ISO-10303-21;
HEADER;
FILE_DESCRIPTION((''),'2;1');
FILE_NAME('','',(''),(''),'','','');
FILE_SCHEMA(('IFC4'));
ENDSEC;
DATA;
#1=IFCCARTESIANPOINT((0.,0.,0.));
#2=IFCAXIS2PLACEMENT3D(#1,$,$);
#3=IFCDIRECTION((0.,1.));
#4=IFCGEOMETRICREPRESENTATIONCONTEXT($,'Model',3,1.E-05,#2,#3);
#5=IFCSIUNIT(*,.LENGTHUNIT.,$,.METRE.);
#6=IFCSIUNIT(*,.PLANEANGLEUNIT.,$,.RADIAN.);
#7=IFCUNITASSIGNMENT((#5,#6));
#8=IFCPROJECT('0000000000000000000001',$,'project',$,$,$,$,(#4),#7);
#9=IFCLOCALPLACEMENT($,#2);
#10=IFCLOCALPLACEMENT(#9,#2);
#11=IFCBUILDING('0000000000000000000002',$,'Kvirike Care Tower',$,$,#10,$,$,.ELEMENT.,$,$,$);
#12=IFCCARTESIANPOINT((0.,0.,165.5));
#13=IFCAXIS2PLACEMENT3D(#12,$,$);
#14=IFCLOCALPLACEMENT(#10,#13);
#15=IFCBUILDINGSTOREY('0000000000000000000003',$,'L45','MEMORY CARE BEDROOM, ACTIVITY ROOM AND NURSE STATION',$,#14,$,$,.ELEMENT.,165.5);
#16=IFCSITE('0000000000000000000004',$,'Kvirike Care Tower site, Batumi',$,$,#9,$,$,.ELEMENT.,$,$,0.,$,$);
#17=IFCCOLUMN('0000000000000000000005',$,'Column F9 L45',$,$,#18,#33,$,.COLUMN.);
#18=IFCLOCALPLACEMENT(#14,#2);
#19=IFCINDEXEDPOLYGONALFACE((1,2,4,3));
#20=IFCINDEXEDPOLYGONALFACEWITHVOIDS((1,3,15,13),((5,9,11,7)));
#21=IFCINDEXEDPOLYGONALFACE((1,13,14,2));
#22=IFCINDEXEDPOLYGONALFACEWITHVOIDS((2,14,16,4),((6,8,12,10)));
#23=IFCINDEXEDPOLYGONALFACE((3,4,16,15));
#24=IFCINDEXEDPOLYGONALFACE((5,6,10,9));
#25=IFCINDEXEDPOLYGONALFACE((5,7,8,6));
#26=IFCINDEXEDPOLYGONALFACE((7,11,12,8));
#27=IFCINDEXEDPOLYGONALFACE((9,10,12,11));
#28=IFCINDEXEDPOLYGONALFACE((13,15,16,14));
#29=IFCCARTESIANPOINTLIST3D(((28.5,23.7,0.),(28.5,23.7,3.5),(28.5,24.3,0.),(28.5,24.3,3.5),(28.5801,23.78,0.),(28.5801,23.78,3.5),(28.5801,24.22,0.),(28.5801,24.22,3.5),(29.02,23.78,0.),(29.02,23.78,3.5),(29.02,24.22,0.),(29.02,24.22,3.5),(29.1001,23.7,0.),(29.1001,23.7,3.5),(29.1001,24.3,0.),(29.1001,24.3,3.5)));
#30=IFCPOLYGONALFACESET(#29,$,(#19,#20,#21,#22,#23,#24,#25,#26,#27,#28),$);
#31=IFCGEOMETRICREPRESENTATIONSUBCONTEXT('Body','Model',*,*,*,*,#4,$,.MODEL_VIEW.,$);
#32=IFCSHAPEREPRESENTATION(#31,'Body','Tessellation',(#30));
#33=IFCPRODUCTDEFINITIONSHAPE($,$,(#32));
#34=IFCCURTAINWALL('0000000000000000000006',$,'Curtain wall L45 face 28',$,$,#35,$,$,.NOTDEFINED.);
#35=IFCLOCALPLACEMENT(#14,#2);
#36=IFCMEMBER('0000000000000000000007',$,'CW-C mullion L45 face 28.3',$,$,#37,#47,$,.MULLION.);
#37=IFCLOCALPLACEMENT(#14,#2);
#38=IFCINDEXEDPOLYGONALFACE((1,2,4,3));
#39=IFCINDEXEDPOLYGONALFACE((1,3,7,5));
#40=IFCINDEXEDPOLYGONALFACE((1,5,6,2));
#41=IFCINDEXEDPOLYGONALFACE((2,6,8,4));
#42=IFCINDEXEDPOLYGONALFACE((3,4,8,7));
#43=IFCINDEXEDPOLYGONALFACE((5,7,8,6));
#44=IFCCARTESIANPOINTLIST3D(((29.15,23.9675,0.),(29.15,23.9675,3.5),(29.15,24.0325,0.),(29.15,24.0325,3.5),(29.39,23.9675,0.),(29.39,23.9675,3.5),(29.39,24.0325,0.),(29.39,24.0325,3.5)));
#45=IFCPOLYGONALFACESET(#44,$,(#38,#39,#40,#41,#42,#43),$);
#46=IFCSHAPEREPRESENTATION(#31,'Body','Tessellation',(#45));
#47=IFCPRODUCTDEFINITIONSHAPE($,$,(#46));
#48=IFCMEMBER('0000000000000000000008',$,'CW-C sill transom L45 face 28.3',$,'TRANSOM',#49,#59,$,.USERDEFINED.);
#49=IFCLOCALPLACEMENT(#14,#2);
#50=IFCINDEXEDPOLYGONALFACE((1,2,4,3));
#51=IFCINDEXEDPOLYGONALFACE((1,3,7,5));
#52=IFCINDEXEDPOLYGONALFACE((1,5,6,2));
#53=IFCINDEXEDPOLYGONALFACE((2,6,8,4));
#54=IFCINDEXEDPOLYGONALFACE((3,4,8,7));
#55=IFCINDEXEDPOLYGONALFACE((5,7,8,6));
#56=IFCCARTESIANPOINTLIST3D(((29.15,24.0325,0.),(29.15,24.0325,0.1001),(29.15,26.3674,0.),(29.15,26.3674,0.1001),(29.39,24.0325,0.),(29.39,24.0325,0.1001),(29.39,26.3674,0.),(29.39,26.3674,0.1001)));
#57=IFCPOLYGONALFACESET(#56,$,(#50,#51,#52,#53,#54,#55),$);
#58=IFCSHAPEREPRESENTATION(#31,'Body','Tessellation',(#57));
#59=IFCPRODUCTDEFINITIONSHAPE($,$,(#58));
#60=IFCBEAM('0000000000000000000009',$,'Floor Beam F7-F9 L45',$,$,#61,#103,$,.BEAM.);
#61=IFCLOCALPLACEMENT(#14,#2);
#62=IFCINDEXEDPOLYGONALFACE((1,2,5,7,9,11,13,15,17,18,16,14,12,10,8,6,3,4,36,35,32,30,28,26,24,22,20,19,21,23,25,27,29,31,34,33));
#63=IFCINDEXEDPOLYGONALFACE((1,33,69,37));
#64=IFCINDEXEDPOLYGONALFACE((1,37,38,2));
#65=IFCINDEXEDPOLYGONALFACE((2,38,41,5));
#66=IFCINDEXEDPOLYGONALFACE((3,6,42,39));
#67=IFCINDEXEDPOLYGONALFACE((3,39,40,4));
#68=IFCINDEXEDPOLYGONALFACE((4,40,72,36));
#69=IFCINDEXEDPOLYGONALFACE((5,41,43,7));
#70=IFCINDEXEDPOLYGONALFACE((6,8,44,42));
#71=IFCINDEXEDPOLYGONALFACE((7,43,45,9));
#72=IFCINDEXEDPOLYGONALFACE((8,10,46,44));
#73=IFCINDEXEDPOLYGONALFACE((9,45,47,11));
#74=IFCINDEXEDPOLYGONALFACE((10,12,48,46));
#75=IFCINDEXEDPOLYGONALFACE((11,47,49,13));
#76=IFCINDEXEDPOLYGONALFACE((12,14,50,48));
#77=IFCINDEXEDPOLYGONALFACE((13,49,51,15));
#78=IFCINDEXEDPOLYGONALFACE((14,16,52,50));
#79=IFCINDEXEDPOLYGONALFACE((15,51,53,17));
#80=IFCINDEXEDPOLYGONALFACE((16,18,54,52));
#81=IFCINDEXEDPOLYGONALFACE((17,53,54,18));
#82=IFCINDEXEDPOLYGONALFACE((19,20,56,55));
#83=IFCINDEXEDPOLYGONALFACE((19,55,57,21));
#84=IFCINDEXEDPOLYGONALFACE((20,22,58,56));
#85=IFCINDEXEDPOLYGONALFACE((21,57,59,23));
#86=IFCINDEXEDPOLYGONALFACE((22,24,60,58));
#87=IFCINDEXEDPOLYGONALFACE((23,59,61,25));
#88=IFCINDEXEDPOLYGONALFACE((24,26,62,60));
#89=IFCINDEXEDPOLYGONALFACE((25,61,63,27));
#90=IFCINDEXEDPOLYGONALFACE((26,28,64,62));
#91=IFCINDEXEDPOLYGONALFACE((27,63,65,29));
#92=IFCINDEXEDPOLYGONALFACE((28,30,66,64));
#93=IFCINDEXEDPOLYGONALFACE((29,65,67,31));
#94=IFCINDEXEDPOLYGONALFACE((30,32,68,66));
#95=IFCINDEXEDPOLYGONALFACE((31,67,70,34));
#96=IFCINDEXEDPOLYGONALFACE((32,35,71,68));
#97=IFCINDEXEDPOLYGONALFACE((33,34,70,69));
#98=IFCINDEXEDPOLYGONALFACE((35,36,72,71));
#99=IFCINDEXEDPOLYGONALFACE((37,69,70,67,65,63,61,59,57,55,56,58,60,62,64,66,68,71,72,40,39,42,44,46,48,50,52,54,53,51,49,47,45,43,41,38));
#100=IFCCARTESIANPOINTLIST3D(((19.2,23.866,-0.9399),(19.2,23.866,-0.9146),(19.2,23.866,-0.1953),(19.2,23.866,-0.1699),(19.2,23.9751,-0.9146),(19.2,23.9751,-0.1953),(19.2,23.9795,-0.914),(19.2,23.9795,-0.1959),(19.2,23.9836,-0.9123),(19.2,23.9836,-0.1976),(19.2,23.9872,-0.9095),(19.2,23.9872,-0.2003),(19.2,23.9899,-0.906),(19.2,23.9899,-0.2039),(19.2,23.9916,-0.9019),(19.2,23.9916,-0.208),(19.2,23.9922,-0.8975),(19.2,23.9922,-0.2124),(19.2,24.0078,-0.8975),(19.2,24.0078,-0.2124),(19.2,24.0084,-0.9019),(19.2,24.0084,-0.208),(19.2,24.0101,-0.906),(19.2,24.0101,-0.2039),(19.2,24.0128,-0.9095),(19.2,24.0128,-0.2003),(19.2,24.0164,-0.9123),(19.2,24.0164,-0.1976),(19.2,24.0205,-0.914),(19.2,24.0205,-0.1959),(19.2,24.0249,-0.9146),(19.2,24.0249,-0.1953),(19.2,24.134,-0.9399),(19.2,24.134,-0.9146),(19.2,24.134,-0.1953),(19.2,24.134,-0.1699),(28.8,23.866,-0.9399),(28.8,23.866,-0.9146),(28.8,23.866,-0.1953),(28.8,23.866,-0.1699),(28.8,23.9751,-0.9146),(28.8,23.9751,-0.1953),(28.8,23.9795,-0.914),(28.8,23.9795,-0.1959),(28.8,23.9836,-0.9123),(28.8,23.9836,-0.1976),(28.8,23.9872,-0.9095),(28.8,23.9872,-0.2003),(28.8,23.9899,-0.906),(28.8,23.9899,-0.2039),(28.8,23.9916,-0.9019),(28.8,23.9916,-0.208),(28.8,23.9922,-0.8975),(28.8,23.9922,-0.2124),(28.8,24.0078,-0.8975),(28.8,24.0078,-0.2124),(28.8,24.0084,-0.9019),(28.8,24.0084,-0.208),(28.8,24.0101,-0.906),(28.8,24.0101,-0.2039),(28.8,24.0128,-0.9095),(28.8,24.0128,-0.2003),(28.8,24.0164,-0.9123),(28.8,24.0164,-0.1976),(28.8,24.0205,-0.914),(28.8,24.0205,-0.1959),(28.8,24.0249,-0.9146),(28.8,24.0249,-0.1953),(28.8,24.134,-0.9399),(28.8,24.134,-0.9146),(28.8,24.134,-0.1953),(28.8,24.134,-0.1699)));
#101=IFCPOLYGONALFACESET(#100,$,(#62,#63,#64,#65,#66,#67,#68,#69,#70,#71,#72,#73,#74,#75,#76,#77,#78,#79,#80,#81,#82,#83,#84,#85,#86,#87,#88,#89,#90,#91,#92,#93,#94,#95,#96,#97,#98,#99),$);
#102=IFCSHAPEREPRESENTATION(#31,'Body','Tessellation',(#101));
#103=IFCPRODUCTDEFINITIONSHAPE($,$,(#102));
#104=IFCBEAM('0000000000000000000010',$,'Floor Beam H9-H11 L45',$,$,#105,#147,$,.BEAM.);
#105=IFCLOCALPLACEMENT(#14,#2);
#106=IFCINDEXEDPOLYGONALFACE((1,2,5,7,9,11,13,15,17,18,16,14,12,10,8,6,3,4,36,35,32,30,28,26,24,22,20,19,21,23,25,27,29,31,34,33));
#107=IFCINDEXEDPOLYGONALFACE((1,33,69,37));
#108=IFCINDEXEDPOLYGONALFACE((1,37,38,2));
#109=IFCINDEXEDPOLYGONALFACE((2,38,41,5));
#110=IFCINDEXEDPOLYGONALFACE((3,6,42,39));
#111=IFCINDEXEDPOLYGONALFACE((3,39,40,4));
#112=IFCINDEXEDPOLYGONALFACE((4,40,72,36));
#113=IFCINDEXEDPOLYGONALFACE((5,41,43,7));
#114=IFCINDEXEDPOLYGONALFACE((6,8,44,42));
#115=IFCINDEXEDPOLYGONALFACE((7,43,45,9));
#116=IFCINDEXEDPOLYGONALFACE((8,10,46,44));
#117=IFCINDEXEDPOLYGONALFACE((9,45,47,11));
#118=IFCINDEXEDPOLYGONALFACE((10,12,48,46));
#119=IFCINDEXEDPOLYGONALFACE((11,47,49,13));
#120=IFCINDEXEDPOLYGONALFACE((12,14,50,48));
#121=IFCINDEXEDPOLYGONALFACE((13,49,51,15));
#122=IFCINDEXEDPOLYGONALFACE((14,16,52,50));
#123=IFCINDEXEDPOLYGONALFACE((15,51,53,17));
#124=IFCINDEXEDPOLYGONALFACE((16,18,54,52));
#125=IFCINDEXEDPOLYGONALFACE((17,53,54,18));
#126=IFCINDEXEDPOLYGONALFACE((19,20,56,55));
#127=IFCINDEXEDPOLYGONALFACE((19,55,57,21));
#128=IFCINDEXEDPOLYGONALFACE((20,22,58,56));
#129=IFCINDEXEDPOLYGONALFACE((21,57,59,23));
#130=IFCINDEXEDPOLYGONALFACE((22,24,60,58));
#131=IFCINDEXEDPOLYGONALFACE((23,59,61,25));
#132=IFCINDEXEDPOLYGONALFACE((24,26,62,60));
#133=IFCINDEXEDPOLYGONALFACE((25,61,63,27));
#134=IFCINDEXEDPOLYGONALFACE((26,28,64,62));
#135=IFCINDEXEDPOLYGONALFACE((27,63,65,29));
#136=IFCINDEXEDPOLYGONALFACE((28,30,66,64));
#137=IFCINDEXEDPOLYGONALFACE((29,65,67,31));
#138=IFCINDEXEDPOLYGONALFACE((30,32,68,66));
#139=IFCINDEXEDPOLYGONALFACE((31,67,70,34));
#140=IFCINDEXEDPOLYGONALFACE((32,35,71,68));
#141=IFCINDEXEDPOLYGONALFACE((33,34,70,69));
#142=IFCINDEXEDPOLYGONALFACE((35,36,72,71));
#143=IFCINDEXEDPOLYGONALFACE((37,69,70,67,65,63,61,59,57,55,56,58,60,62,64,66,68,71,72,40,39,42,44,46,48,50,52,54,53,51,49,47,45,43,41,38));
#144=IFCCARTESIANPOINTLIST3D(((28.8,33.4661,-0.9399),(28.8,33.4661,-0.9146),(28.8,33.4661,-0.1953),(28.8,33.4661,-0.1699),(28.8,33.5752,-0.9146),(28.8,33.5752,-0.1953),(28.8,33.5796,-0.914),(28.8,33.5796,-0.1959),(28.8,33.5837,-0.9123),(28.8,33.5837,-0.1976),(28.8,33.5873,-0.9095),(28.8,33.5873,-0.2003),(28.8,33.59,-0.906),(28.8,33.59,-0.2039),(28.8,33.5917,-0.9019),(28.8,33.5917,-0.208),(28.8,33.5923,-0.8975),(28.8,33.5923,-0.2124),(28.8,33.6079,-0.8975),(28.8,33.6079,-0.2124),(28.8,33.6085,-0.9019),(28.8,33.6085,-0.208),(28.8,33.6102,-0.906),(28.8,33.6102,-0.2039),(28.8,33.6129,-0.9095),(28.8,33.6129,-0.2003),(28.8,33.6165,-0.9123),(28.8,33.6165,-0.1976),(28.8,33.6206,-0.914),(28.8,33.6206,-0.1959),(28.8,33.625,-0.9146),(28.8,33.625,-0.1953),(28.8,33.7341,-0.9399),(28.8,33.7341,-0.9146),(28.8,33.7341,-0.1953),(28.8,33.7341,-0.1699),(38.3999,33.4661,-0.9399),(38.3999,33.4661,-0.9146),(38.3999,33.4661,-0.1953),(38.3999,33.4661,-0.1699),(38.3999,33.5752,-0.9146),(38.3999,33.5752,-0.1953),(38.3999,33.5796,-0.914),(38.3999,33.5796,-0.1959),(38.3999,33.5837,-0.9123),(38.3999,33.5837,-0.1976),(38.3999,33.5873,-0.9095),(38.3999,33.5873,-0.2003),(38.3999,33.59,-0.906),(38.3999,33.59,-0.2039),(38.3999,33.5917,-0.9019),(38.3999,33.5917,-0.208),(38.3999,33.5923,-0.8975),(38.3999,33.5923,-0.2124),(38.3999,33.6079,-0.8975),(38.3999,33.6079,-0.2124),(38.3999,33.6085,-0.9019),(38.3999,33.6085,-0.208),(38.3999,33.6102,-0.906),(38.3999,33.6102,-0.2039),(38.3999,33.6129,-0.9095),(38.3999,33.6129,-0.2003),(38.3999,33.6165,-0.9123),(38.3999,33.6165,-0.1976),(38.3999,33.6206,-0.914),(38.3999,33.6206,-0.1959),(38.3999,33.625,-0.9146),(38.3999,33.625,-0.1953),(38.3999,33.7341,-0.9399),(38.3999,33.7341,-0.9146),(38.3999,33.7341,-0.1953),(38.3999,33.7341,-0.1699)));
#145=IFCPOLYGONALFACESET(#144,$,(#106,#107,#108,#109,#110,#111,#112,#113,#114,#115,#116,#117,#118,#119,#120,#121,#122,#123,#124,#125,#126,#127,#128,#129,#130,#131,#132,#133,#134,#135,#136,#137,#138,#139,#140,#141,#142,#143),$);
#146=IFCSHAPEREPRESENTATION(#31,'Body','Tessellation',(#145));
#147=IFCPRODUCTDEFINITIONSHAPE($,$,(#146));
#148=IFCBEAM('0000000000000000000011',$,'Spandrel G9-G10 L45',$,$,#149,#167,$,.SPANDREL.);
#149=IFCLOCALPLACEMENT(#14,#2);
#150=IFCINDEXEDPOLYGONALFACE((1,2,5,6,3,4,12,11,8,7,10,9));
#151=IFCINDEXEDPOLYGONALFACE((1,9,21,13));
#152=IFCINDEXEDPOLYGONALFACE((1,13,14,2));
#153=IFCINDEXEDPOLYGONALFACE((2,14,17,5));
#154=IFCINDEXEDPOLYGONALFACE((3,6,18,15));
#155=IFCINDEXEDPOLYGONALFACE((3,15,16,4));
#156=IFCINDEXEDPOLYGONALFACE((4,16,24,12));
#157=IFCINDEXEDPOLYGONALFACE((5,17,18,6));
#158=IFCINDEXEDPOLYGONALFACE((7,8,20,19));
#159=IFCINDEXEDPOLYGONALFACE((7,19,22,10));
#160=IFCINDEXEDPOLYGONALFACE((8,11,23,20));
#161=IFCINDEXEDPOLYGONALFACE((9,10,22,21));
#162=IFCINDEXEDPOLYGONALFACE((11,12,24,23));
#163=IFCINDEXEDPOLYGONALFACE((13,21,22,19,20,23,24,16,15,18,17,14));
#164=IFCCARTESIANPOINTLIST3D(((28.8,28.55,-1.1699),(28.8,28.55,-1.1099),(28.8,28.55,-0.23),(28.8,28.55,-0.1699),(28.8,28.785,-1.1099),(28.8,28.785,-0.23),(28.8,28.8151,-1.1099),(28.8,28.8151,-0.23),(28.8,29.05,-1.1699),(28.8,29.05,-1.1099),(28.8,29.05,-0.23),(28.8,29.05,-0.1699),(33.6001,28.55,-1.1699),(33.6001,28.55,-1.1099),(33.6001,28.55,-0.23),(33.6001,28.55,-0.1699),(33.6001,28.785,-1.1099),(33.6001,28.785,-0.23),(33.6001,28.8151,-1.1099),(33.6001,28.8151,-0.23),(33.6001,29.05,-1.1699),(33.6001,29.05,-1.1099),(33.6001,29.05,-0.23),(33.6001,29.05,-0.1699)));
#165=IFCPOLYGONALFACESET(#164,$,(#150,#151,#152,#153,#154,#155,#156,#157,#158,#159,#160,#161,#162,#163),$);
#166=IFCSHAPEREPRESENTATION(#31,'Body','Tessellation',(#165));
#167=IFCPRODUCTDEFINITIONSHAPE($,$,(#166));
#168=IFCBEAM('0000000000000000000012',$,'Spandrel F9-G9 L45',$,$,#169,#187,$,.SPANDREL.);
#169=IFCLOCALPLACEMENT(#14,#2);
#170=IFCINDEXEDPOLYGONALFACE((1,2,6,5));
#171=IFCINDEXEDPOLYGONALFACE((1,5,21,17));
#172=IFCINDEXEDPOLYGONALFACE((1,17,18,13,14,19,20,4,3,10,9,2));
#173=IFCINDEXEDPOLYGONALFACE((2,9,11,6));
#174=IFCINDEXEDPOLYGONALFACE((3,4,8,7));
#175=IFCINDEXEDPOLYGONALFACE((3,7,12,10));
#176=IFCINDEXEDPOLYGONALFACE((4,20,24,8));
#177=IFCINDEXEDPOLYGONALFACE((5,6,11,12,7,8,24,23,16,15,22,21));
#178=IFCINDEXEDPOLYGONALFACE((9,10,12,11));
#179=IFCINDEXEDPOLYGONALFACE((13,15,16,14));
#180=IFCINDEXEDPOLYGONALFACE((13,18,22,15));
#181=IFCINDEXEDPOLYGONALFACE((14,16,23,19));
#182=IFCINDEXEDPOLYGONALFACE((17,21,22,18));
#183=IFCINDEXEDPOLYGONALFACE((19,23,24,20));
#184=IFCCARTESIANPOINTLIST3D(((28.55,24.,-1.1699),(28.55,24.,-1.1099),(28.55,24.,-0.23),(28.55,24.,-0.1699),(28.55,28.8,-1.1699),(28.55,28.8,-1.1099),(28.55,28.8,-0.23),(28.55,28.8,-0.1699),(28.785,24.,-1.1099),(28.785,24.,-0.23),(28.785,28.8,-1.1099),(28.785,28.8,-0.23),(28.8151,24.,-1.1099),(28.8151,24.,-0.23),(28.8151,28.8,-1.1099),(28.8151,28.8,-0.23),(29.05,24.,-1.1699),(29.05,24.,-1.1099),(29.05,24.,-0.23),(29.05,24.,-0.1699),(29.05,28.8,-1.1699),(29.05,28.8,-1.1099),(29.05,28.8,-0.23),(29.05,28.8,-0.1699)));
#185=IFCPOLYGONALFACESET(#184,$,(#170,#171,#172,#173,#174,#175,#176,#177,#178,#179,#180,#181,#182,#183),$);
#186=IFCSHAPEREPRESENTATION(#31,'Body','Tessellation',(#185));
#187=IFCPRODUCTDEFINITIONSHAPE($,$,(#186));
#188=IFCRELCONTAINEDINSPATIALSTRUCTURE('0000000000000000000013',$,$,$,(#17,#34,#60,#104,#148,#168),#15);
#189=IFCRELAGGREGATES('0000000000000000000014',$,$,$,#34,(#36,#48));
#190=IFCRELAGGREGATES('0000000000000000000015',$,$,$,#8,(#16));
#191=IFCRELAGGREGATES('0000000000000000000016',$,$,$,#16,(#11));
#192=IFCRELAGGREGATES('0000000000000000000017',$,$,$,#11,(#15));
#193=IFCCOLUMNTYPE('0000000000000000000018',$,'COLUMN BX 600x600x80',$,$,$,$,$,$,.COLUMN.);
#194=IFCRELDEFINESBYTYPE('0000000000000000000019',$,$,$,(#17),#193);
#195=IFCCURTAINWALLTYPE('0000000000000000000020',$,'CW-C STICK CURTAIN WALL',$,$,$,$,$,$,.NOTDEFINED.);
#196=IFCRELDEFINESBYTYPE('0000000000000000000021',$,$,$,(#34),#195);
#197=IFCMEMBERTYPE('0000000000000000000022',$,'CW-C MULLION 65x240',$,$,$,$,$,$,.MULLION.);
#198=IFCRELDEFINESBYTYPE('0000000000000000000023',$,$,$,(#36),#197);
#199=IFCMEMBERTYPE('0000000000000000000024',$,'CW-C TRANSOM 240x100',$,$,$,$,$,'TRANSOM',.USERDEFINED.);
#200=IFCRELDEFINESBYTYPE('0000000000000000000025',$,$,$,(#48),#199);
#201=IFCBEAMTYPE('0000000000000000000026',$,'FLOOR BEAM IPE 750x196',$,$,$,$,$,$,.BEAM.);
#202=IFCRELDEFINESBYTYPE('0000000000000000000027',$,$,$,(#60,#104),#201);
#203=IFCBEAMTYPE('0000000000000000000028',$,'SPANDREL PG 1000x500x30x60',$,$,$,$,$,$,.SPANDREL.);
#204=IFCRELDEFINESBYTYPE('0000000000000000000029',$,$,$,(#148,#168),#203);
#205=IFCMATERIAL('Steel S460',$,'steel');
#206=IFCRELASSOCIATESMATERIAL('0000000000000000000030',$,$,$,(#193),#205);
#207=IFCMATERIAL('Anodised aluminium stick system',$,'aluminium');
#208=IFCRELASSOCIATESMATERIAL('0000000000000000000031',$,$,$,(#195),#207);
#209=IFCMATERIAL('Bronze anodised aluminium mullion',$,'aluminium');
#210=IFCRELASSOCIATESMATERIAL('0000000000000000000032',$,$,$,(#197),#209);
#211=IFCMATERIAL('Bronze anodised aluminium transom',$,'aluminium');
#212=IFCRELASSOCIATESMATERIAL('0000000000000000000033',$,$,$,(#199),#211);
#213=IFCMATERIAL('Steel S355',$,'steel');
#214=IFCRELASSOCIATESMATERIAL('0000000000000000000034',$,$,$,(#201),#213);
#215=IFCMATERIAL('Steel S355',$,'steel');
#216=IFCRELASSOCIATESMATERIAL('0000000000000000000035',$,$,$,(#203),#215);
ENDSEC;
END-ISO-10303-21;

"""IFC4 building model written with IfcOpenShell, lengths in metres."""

from ifc_helpers import new_model, si_unit, direction, frame, origin, origin_2d, place, context, subcontext, project, spatial, rectangle, hollow_rectangle, i_section, extrude, material, material_profile, profile_set, type_object, element, aggregate, save


model = new_model("IFC4")

# Units and contexts
model_context = context("Model", 3, precision=1e-05, world=origin(), true_north=direction((0.0, 1.0)))
body_context = subcontext(model_context, "Body", "Model", "MODEL_VIEW")
ifc_project = project(units=[si_unit("LENGTHUNIT", "METRE"), si_unit("PLANEANGLEUNIT", "RADIAN")], contexts=[model_context])

# Site, building, storey
site_placement = place(None, origin())
site = spatial("IfcSite", under=ifc_project, at=site_placement, Name="Kvirike Care Tower site, Batumi", CompositionType="ELEMENT", RefElevation=0.0)
building_placement = place(site_placement, origin())
building = spatial("IfcBuilding", under=site, at=building_placement, Name="Kvirike Care Tower", CompositionType="ELEMENT")
storey_placement = place(building_placement, frame((0.0, 0.0, 165.5)))
storey = spatial("IfcBuildingStorey", under=building, at=storey_placement, Name="L45", Description="MEMORY CARE BEDROOM, ACTIVITY ROOM AND NURSE STATION", CompositionType="ELEMENT", Elevation=165.5)

# Column
ifc_material_1 = material(Name="Steel S460", Category="steel")
ifc_material_profile_1 = material_profile(ifc_material_1, hollow_rectangle(XDim=0.6001, YDim=0.6001, WallThickness=0.0801, at=origin_2d()), Name="BX 600x600x80")
ifc_profile_set_1 = profile_set([ifc_material_profile_1], Name="Steel S460")
column_type = type_object("IfcColumnType", Name="COLUMN BX 600x600x80", PredefinedType="COLUMN", material=ifc_profile_set_1)
column_placement = place(storey_placement, frame((28.8, 24.0, 0.0), z_axis=(0.0, 0.0, 1.0), x_axis=(1.0, 0.0, 0.0)))
element("IfcColumn", 1, at=column_placement, inside=storey, type_object=column_type, Name="Column F9 L45", PredefinedType="COLUMN", context=body_context, shape_type="SweptSolid", body=[
    extrude(hollow_rectangle(XDim=0.6001, YDim=0.6001, WallThickness=0.0801, at=origin_2d()), origin(), (0.0, 0.0, 1.0), 3.5),
])

# Curtain wall, members
ifc_material_2 = material(Name="Anodised aluminium stick system", Category="aluminium")
curtain_wall_type = type_object("IfcCurtainWallType", Name="CW-C STICK CURTAIN WALL", PredefinedType="NOTDEFINED", material=ifc_material_2)
curtain_wall_placement = place(storey_placement, origin())
curtain_wall = element("IfcCurtainWall", 2, at=curtain_wall_placement, inside=storey, type_object=curtain_wall_type, Name="Curtain wall L45 face 28", PredefinedType="NOTDEFINED")
ifc_material_3 = material(Name="Bronze anodised aluminium mullion", Category="aluminium")
ifc_material_profile_2 = material_profile(ifc_material_3, rectangle(XDim=0.0649, YDim=0.24, at=origin_2d()), Name="CW-C MULLION 65x240")
ifc_profile_set_2 = profile_set([ifc_material_profile_2], Name="Bronze anodised aluminium mullion")
member_type_1 = type_object("IfcMemberType", Name="CW-C MULLION 65x240", PredefinedType="MULLION", material=ifc_profile_set_2)
member_1_placement = place(storey_placement, frame((29.27, 24.0, 0.0), z_axis=(0.0, 0.0, 1.0), x_axis=(0.0, 1.0, 0.0)))
member_1 = element("IfcMember", 3, at=member_1_placement, type_object=member_type_1, Name="CW-C mullion L45 face 28.3", PredefinedType="MULLION", context=body_context, shape_type="SweptSolid", body=[
    extrude(rectangle(XDim=0.0649, YDim=0.24, at=origin_2d()), origin(), (0.0, 0.0, 1.0), 3.5),
])
ifc_material_4 = material(Name="Bronze anodised aluminium transom", Category="aluminium")
ifc_material_profile_3 = material_profile(ifc_material_4, rectangle(XDim=0.24, YDim=0.1001, at=origin_2d()), Name="CW-C TRANSOM 240x100")
ifc_profile_set_3 = profile_set([ifc_material_profile_3], Name="Bronze anodised aluminium transom")
member_type_2 = type_object("IfcMemberType", Name="CW-C TRANSOM 240x100", ElementType="TRANSOM", PredefinedType="USERDEFINED", material=ifc_profile_set_3)
member_2_placement = place(storey_placement, frame((29.27, 24.0325, 0.05), z_axis=(0.0, 1.0, 0.0), x_axis=(-1.0, 0.0, 0.0)))
member_2 = element("IfcMember", 4, at=member_2_placement, type_object=member_type_2, Name="CW-C sill transom L45 face 28.3", ObjectType="TRANSOM", PredefinedType="USERDEFINED", context=body_context, shape_type="SweptSolid", body=[
    extrude(rectangle(XDim=0.24, YDim=0.1001, at=origin_2d()), origin(), (0.0, 0.0, 1.0), 2.335),
])

# Beams
ifc_material_5 = material(Name="Steel S355", Category="steel")
ifc_material_profile_4 = material_profile(ifc_material_5, i_section(OverallWidth=0.2681, OverallDepth=0.77, WebThickness=0.0156, FlangeThickness=0.0254, FilletRadius=0.0171, at=origin_2d()), Name="IPE 750x196")
ifc_profile_set_4 = profile_set([ifc_material_profile_4], Name="Steel S355")
beam_type_1 = type_object("IfcBeamType", Name="FLOOR BEAM IPE 750x196", PredefinedType="BEAM", material=ifc_profile_set_4)
beam_1_placement = place(storey_placement, frame((19.2, 24.0, -0.5549), z_axis=(1.0, 0.0, 0.0), x_axis=(0.0, 1.0, 0.0)))
element("IfcBeam", 5, at=beam_1_placement, inside=storey, type_object=beam_type_1, Name="Floor Beam F7-F9 L45", PredefinedType="BEAM", context=body_context, shape_type="SweptSolid", body=[
    extrude(i_section(OverallWidth=0.2681, OverallDepth=0.77, WebThickness=0.0156, FlangeThickness=0.0254, FilletRadius=0.0171, at=origin_2d()), origin(), (0.0, 0.0, 1.0), 9.6001),
])
beam_2_placement = place(storey_placement, frame((28.8, 33.6001, -0.5549), z_axis=(1.0, 0.0, 0.0), x_axis=(0.0, 1.0, 0.0)))
element("IfcBeam", 6, at=beam_2_placement, inside=storey, type_object=beam_type_1, Name="Floor Beam H9-H11 L45", PredefinedType="BEAM", context=body_context, shape_type="SweptSolid", body=[
    extrude(i_section(OverallWidth=0.2681, OverallDepth=0.77, WebThickness=0.0156, FlangeThickness=0.0254, FilletRadius=0.0171, at=origin_2d()), origin(), (0.0, 0.0, 1.0), 9.5999),
])
ifc_material_6 = material(Name="Steel S355", Category="steel")
ifc_material_profile_5 = material_profile(ifc_material_6, i_section(OverallWidth=0.5, OverallDepth=1.0, WebThickness=0.03, FlangeThickness=0.0601, at=origin_2d()), Name="PG 1000x500x30x60")
ifc_profile_set_5 = profile_set([ifc_material_profile_5], Name="Steel S355")
beam_type_2 = type_object("IfcBeamType", Name="SPANDREL PG 1000x500x30x60", PredefinedType="SPANDREL", material=ifc_profile_set_5)
for number, where, z_axis, x_axis, name in (
    (7, (28.8, 28.8, -0.6699), (1.0, 0.0, 0.0), (0.0, 1.0, 0.0), "Spandrel G9-G10 L45"),
    (8, (28.8, 24.0, -0.6699), (0.0, 1.0, 0.0), (-1.0, 0.0, 0.0), "Spandrel F9-G9 L45"),
):
    element("IfcBeam", number, at=place(storey_placement, frame(where, z_axis=z_axis, x_axis=x_axis)), inside=storey, type_object=beam_type_2, Name=name, PredefinedType="SPANDREL", context=body_context, shape_type="SweptSolid", body=[
        extrude(i_section(OverallWidth=0.5, OverallDepth=1.0, WebThickness=0.03, FlangeThickness=0.0601, at=origin_2d()), origin(), (0.0, 0.0, 1.0), 4.8),
    ])

aggregate(curtain_wall, [member_1, member_2])

save(model, "model.ifc")
